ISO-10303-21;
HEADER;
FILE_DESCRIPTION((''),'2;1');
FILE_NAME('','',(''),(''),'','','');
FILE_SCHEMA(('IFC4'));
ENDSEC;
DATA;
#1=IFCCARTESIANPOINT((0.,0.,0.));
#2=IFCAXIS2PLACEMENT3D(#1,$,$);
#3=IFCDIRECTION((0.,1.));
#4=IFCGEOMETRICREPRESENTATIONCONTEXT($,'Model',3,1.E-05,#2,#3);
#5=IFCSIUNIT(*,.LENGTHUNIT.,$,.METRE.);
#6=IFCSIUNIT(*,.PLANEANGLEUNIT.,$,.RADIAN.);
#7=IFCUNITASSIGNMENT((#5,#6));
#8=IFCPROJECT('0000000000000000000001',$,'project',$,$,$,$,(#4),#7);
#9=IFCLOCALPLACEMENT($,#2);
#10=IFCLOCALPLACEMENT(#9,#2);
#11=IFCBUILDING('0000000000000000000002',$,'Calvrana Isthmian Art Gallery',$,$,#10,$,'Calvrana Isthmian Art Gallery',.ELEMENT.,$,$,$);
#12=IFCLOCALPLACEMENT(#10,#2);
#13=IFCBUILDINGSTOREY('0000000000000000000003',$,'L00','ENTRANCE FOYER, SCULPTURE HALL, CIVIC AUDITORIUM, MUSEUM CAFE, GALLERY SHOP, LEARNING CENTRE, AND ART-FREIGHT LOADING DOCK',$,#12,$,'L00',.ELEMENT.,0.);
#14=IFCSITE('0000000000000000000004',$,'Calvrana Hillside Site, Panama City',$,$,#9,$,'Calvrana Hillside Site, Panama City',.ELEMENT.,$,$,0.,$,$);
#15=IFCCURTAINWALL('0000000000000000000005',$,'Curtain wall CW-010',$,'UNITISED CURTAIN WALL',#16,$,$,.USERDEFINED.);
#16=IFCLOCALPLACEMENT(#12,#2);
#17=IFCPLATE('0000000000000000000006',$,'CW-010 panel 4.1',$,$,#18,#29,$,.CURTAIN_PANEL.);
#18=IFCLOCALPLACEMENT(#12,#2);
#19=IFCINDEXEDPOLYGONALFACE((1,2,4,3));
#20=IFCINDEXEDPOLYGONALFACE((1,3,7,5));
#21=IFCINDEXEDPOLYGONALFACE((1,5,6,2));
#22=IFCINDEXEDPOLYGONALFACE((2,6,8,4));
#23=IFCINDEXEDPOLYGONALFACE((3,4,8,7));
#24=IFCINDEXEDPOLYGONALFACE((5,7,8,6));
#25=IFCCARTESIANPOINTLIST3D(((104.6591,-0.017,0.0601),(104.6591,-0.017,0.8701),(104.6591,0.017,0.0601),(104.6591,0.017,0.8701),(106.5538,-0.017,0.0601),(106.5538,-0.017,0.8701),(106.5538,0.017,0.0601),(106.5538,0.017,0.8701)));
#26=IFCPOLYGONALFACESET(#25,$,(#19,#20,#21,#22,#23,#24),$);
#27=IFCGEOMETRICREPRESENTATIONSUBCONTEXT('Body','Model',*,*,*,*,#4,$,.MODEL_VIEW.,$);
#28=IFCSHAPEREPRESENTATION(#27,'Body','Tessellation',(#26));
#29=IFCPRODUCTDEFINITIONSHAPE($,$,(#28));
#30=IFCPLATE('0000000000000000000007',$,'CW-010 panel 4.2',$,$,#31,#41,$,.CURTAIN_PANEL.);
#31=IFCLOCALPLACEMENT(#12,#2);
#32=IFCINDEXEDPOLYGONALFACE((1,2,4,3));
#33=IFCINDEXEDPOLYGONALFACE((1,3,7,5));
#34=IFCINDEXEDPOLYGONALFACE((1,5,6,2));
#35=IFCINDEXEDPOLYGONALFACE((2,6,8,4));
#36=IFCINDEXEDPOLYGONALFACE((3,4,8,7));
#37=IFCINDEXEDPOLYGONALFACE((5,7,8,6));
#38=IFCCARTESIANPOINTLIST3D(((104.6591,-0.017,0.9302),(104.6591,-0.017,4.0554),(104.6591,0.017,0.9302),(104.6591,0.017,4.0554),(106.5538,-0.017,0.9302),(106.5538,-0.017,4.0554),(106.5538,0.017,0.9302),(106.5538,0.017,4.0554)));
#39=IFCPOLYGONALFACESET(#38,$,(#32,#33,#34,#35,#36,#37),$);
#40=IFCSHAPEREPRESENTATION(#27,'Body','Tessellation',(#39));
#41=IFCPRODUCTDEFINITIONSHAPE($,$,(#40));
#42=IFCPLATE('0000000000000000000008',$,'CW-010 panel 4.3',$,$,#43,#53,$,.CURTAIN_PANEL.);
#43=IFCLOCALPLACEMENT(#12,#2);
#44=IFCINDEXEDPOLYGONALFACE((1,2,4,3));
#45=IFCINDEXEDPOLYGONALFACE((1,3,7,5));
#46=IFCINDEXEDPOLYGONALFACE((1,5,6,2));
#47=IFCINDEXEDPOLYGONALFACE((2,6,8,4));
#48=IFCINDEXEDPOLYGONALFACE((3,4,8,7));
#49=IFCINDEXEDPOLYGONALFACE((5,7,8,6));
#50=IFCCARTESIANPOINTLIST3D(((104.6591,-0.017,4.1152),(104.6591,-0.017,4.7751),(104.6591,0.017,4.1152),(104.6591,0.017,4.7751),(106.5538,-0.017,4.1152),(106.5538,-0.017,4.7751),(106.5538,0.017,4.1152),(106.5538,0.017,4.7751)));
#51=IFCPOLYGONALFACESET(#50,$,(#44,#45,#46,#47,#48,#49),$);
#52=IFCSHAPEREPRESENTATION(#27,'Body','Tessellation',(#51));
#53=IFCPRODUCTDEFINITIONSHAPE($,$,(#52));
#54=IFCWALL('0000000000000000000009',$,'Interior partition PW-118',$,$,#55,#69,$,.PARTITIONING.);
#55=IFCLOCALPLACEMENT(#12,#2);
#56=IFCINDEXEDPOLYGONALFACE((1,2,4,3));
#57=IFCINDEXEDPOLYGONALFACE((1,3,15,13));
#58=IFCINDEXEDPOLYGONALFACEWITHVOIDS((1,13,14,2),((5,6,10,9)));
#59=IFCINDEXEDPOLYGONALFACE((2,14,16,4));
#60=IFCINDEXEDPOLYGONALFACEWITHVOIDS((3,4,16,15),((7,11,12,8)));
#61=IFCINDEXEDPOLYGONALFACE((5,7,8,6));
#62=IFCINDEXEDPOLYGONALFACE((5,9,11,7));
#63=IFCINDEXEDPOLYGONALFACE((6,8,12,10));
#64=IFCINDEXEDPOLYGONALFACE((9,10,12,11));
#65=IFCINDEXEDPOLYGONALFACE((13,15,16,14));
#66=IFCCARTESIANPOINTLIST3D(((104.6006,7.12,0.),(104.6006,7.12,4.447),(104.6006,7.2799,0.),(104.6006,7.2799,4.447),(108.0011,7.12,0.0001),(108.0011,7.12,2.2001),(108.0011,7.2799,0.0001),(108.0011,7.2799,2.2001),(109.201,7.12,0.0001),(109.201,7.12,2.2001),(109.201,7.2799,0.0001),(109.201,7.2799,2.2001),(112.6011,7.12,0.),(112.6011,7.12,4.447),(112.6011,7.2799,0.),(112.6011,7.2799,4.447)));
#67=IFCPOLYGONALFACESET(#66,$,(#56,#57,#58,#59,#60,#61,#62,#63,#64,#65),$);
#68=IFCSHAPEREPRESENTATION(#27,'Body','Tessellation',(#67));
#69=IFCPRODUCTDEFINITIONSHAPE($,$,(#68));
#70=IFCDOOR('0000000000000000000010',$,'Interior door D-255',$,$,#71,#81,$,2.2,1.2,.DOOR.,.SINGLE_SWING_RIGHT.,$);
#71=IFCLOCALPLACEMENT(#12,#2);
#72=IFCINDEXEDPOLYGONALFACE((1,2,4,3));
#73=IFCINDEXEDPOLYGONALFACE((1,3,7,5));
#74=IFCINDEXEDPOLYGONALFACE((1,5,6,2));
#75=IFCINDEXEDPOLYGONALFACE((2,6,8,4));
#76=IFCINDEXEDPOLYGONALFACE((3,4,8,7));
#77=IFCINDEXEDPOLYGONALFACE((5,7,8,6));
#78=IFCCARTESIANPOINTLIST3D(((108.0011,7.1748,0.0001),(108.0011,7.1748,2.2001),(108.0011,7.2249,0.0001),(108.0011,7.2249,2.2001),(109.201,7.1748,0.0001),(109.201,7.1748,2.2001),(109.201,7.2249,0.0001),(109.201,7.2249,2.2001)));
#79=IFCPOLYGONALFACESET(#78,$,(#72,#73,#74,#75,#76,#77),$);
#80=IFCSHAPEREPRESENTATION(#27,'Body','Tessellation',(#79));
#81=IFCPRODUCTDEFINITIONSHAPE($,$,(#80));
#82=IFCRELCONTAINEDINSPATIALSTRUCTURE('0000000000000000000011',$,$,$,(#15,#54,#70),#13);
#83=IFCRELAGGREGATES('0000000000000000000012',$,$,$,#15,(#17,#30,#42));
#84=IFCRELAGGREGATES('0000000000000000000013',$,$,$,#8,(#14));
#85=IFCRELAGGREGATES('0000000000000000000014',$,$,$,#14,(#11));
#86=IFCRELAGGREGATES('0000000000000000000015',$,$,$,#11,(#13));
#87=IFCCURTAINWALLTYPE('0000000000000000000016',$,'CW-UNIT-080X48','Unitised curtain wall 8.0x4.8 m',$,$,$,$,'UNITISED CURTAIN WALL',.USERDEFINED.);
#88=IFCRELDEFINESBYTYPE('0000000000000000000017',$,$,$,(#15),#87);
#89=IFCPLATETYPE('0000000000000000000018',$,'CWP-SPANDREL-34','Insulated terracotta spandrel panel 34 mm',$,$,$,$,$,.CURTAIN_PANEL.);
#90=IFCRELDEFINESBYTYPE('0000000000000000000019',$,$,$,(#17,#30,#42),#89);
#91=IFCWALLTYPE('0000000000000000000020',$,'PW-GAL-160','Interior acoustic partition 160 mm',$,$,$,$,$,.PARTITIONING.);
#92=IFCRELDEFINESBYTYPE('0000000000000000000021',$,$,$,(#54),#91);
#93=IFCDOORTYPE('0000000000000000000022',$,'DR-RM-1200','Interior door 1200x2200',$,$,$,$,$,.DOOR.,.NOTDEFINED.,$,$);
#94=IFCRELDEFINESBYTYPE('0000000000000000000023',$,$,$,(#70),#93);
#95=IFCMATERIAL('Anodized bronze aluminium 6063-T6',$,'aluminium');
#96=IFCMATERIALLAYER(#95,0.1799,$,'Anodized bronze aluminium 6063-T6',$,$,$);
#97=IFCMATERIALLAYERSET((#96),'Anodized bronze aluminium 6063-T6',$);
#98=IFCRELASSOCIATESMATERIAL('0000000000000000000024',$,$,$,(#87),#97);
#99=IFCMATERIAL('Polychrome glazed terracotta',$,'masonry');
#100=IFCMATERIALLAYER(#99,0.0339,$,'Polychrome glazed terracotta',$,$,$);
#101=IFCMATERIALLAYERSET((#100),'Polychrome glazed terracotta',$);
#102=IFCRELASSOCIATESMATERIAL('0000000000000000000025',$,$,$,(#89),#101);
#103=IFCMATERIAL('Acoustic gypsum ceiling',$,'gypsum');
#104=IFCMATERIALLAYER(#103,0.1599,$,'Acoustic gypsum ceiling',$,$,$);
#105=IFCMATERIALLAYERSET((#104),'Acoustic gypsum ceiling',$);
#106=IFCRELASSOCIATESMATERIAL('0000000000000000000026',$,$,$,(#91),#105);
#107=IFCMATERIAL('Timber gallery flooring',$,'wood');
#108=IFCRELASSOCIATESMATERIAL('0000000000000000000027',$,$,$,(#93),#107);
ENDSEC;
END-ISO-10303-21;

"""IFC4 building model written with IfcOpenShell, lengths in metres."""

from ifc_helpers import new_model, si_unit, direction, frame, frame_2d, origin, origin_2d, place, context, subcontext, project, spatial, rectangle, extrude, material, layer, layer_set, type_object, element, fill, aggregate, save


model = new_model("IFC4")

# Units and contexts
model_context = context("Model", 3, precision=1e-05, world=origin(), true_north=direction((0.0, 1.0)))
body_context = subcontext(model_context, "Body", "Model", "MODEL_VIEW")
ifc_project = project(units=[si_unit("LENGTHUNIT", "METRE"), si_unit("PLANEANGLEUNIT", "RADIAN")], contexts=[model_context])

# Site, building, storey
site_placement = place(None, origin())
site = spatial("IfcSite", under=ifc_project, at=site_placement, Name="Calvrana Hillside Site, Panama City", LongName="Calvrana Hillside Site, Panama City", CompositionType="ELEMENT", RefElevation=0.0)
building_placement = place(site_placement, origin())
building = spatial("IfcBuilding", under=site, at=building_placement, Name="Calvrana Isthmian Art Gallery", LongName="Calvrana Isthmian Art Gallery", CompositionType="ELEMENT")
storey_placement = place(building_placement, origin())
storey = spatial("IfcBuildingStorey", under=building, at=storey_placement, Name="L00", Description="ENTRANCE FOYER, SCULPTURE HALL, CIVIC AUDITORIUM, MUSEUM CAFE, GALLERY SHOP, LEARNING CENTRE, AND ART-FREIGHT LOADING DOCK", LongName="L00", CompositionType="ELEMENT", Elevation=0.0)

# Curtain wall, plates
ifc_material_1 = material(Name="Anodized bronze aluminium 6063-T6", Category="aluminium")
ifc_layer_1 = layer(ifc_material_1, 0.1799, Name="Anodized bronze aluminium 6063-T6")
ifc_layer_set_1 = layer_set([ifc_layer_1], Name="Anodized bronze aluminium 6063-T6")
curtain_wall_type = type_object("IfcCurtainWallType", Name="CW-UNIT-080X48", Description="Unitised curtain wall 8.0x4.8 m", ElementType="UNITISED CURTAIN WALL", PredefinedType="USERDEFINED", material=ifc_layer_set_1)
curtain_wall_placement = place(storey_placement, origin())
curtain_wall = element("IfcCurtainWall", 1, at=curtain_wall_placement, inside=storey, type_object=curtain_wall_type, Name="Curtain wall CW-010", ObjectType="UNITISED CURTAIN WALL", PredefinedType="USERDEFINED")
ifc_material_2 = material(Name="Polychrome glazed terracotta", Category="masonry")
ifc_layer_2 = layer(ifc_material_2, 0.0339, Name="Polychrome glazed terracotta")
ifc_layer_set_2 = layer_set([ifc_layer_2], Name="Polychrome glazed terracotta")
plate_type = type_object("IfcPlateType", Name="CWP-SPANDREL-34", Description="Insulated terracotta spandrel panel 34 mm", PredefinedType="CURTAIN_PANEL", material=ifc_layer_set_2)
plate_1_placement = place(storey_placement, frame((105.6064, 0.0, 0.0601), z_axis=(0.0, 0.0, 1.0), x_axis=(-1.0, 0.0, 0.0)))
plate_1 = element("IfcPlate", 2, at=plate_1_placement, type_object=plate_type, Name="CW-010 panel 4.1", PredefinedType="CURTAIN_PANEL", context=body_context, shape_type="SweptSolid", body=[
    extrude(rectangle(XDim=1.8948, YDim=0.0339, at=origin_2d()), origin(), (0.0, 0.0, 1.0), 0.8101),
])
plate_2_placement = place(storey_placement, frame((105.6064, 0.0, 0.9302), z_axis=(0.0, 0.0, 1.0), x_axis=(-1.0, 0.0, 0.0)))
plate_2 = element("IfcPlate", 3, at=plate_2_placement, type_object=plate_type, Name="CW-010 panel 4.2", PredefinedType="CURTAIN_PANEL", context=body_context, shape_type="SweptSolid", body=[
    extrude(rectangle(XDim=1.8948, YDim=0.0339, at=origin_2d()), origin(), (0.0, 0.0, 1.0), 3.1252),
])
plate_3_placement = place(storey_placement, frame((105.6064, 0.0, 4.1152), z_axis=(0.0, 0.0, 1.0), x_axis=(-1.0, 0.0, 0.0)))
plate_3 = element("IfcPlate", 4, at=plate_3_placement, type_object=plate_type, Name="CW-010 panel 4.3", PredefinedType="CURTAIN_PANEL", context=body_context, shape_type="SweptSolid", body=[
    extrude(rectangle(XDim=1.8948, YDim=0.0339, at=origin_2d()), origin(), (0.0, 0.0, 1.0), 0.6599),
])
aggregate(curtain_wall, [plate_1, plate_2, plate_3])

# Wall, opening, door
ifc_material_3 = material(Name="Acoustic gypsum ceiling", Category="gypsum")
ifc_layer_3 = layer(ifc_material_3, 0.1599, Name="Acoustic gypsum ceiling")
ifc_layer_set_3 = layer_set([ifc_layer_3], Name="Acoustic gypsum ceiling")
wall_type = type_object("IfcWallType", Name="PW-GAL-160", Description="Interior acoustic partition 160 mm", PredefinedType="PARTITIONING", material=ifc_layer_set_3)
wall_placement = place(storey_placement, frame((104.6006, 7.2, 0.0), z_axis=(0.0, 0.0, 1.0), x_axis=(1.0, 0.0, 0.0)))
wall = element("IfcWall", 5, at=wall_placement, inside=storey, type_object=wall_type, Name="Interior partition PW-118", PredefinedType="PARTITIONING", context=body_context, shape_type="SweptSolid", body=[
    extrude(rectangle(XDim=8.0005, YDim=0.1599, at=frame_2d((4.0002, 0.0))), origin(), (0.0, 0.0, 1.0), 4.447),
])
opening_placement = place(wall_placement, frame((3.4004, 0.0, 0.0)))
opening = element("IfcOpeningElement", 6, at=opening_placement, cuts=wall, PredefinedType="OPENING", context=body_context, shape_type="SweptSolid", body=[
    extrude(rectangle(XDim=1.2, YDim=2.2, at=frame_2d((0.6001, 1.1001))), frame((0.0, 0.0903, 0.0), z_axis=(0.0, -1.0, 0.0), x_axis=(1.0, 0.0, 0.0)), (0.0, 0.0, 1.0), 0.1804),
])
ifc_material_4 = material(Name="Timber gallery flooring", Category="wood")
door_type = type_object("IfcDoorType", Name="DR-RM-1200", Description="Interior door 1200x2200", OperationType="NOTDEFINED", PredefinedType="DOOR", material=ifc_material_4)
door_placement = place(opening_placement, origin())
door = element("IfcDoor", 7, at=door_placement, inside=storey, type_object=door_type, Name="Interior door D-255", OperationType="SINGLE_SWING_RIGHT", OverallHeight=2.2, OverallWidth=1.2, PredefinedType="DOOR", context=body_context, shape_type="SweptSolid", body=[
    extrude(rectangle(XDim=1.2, YDim=2.2, at=frame_2d((0.6001, 1.1001))), frame((0.0, 0.0249, 0.0), z_axis=(0.0, -1.0, 0.0), x_axis=(1.0, 0.0, 0.0)), (0.0, 0.0, 1.0), 0.05),
])
fill(opening, door)

save(model, "model.ifc")
